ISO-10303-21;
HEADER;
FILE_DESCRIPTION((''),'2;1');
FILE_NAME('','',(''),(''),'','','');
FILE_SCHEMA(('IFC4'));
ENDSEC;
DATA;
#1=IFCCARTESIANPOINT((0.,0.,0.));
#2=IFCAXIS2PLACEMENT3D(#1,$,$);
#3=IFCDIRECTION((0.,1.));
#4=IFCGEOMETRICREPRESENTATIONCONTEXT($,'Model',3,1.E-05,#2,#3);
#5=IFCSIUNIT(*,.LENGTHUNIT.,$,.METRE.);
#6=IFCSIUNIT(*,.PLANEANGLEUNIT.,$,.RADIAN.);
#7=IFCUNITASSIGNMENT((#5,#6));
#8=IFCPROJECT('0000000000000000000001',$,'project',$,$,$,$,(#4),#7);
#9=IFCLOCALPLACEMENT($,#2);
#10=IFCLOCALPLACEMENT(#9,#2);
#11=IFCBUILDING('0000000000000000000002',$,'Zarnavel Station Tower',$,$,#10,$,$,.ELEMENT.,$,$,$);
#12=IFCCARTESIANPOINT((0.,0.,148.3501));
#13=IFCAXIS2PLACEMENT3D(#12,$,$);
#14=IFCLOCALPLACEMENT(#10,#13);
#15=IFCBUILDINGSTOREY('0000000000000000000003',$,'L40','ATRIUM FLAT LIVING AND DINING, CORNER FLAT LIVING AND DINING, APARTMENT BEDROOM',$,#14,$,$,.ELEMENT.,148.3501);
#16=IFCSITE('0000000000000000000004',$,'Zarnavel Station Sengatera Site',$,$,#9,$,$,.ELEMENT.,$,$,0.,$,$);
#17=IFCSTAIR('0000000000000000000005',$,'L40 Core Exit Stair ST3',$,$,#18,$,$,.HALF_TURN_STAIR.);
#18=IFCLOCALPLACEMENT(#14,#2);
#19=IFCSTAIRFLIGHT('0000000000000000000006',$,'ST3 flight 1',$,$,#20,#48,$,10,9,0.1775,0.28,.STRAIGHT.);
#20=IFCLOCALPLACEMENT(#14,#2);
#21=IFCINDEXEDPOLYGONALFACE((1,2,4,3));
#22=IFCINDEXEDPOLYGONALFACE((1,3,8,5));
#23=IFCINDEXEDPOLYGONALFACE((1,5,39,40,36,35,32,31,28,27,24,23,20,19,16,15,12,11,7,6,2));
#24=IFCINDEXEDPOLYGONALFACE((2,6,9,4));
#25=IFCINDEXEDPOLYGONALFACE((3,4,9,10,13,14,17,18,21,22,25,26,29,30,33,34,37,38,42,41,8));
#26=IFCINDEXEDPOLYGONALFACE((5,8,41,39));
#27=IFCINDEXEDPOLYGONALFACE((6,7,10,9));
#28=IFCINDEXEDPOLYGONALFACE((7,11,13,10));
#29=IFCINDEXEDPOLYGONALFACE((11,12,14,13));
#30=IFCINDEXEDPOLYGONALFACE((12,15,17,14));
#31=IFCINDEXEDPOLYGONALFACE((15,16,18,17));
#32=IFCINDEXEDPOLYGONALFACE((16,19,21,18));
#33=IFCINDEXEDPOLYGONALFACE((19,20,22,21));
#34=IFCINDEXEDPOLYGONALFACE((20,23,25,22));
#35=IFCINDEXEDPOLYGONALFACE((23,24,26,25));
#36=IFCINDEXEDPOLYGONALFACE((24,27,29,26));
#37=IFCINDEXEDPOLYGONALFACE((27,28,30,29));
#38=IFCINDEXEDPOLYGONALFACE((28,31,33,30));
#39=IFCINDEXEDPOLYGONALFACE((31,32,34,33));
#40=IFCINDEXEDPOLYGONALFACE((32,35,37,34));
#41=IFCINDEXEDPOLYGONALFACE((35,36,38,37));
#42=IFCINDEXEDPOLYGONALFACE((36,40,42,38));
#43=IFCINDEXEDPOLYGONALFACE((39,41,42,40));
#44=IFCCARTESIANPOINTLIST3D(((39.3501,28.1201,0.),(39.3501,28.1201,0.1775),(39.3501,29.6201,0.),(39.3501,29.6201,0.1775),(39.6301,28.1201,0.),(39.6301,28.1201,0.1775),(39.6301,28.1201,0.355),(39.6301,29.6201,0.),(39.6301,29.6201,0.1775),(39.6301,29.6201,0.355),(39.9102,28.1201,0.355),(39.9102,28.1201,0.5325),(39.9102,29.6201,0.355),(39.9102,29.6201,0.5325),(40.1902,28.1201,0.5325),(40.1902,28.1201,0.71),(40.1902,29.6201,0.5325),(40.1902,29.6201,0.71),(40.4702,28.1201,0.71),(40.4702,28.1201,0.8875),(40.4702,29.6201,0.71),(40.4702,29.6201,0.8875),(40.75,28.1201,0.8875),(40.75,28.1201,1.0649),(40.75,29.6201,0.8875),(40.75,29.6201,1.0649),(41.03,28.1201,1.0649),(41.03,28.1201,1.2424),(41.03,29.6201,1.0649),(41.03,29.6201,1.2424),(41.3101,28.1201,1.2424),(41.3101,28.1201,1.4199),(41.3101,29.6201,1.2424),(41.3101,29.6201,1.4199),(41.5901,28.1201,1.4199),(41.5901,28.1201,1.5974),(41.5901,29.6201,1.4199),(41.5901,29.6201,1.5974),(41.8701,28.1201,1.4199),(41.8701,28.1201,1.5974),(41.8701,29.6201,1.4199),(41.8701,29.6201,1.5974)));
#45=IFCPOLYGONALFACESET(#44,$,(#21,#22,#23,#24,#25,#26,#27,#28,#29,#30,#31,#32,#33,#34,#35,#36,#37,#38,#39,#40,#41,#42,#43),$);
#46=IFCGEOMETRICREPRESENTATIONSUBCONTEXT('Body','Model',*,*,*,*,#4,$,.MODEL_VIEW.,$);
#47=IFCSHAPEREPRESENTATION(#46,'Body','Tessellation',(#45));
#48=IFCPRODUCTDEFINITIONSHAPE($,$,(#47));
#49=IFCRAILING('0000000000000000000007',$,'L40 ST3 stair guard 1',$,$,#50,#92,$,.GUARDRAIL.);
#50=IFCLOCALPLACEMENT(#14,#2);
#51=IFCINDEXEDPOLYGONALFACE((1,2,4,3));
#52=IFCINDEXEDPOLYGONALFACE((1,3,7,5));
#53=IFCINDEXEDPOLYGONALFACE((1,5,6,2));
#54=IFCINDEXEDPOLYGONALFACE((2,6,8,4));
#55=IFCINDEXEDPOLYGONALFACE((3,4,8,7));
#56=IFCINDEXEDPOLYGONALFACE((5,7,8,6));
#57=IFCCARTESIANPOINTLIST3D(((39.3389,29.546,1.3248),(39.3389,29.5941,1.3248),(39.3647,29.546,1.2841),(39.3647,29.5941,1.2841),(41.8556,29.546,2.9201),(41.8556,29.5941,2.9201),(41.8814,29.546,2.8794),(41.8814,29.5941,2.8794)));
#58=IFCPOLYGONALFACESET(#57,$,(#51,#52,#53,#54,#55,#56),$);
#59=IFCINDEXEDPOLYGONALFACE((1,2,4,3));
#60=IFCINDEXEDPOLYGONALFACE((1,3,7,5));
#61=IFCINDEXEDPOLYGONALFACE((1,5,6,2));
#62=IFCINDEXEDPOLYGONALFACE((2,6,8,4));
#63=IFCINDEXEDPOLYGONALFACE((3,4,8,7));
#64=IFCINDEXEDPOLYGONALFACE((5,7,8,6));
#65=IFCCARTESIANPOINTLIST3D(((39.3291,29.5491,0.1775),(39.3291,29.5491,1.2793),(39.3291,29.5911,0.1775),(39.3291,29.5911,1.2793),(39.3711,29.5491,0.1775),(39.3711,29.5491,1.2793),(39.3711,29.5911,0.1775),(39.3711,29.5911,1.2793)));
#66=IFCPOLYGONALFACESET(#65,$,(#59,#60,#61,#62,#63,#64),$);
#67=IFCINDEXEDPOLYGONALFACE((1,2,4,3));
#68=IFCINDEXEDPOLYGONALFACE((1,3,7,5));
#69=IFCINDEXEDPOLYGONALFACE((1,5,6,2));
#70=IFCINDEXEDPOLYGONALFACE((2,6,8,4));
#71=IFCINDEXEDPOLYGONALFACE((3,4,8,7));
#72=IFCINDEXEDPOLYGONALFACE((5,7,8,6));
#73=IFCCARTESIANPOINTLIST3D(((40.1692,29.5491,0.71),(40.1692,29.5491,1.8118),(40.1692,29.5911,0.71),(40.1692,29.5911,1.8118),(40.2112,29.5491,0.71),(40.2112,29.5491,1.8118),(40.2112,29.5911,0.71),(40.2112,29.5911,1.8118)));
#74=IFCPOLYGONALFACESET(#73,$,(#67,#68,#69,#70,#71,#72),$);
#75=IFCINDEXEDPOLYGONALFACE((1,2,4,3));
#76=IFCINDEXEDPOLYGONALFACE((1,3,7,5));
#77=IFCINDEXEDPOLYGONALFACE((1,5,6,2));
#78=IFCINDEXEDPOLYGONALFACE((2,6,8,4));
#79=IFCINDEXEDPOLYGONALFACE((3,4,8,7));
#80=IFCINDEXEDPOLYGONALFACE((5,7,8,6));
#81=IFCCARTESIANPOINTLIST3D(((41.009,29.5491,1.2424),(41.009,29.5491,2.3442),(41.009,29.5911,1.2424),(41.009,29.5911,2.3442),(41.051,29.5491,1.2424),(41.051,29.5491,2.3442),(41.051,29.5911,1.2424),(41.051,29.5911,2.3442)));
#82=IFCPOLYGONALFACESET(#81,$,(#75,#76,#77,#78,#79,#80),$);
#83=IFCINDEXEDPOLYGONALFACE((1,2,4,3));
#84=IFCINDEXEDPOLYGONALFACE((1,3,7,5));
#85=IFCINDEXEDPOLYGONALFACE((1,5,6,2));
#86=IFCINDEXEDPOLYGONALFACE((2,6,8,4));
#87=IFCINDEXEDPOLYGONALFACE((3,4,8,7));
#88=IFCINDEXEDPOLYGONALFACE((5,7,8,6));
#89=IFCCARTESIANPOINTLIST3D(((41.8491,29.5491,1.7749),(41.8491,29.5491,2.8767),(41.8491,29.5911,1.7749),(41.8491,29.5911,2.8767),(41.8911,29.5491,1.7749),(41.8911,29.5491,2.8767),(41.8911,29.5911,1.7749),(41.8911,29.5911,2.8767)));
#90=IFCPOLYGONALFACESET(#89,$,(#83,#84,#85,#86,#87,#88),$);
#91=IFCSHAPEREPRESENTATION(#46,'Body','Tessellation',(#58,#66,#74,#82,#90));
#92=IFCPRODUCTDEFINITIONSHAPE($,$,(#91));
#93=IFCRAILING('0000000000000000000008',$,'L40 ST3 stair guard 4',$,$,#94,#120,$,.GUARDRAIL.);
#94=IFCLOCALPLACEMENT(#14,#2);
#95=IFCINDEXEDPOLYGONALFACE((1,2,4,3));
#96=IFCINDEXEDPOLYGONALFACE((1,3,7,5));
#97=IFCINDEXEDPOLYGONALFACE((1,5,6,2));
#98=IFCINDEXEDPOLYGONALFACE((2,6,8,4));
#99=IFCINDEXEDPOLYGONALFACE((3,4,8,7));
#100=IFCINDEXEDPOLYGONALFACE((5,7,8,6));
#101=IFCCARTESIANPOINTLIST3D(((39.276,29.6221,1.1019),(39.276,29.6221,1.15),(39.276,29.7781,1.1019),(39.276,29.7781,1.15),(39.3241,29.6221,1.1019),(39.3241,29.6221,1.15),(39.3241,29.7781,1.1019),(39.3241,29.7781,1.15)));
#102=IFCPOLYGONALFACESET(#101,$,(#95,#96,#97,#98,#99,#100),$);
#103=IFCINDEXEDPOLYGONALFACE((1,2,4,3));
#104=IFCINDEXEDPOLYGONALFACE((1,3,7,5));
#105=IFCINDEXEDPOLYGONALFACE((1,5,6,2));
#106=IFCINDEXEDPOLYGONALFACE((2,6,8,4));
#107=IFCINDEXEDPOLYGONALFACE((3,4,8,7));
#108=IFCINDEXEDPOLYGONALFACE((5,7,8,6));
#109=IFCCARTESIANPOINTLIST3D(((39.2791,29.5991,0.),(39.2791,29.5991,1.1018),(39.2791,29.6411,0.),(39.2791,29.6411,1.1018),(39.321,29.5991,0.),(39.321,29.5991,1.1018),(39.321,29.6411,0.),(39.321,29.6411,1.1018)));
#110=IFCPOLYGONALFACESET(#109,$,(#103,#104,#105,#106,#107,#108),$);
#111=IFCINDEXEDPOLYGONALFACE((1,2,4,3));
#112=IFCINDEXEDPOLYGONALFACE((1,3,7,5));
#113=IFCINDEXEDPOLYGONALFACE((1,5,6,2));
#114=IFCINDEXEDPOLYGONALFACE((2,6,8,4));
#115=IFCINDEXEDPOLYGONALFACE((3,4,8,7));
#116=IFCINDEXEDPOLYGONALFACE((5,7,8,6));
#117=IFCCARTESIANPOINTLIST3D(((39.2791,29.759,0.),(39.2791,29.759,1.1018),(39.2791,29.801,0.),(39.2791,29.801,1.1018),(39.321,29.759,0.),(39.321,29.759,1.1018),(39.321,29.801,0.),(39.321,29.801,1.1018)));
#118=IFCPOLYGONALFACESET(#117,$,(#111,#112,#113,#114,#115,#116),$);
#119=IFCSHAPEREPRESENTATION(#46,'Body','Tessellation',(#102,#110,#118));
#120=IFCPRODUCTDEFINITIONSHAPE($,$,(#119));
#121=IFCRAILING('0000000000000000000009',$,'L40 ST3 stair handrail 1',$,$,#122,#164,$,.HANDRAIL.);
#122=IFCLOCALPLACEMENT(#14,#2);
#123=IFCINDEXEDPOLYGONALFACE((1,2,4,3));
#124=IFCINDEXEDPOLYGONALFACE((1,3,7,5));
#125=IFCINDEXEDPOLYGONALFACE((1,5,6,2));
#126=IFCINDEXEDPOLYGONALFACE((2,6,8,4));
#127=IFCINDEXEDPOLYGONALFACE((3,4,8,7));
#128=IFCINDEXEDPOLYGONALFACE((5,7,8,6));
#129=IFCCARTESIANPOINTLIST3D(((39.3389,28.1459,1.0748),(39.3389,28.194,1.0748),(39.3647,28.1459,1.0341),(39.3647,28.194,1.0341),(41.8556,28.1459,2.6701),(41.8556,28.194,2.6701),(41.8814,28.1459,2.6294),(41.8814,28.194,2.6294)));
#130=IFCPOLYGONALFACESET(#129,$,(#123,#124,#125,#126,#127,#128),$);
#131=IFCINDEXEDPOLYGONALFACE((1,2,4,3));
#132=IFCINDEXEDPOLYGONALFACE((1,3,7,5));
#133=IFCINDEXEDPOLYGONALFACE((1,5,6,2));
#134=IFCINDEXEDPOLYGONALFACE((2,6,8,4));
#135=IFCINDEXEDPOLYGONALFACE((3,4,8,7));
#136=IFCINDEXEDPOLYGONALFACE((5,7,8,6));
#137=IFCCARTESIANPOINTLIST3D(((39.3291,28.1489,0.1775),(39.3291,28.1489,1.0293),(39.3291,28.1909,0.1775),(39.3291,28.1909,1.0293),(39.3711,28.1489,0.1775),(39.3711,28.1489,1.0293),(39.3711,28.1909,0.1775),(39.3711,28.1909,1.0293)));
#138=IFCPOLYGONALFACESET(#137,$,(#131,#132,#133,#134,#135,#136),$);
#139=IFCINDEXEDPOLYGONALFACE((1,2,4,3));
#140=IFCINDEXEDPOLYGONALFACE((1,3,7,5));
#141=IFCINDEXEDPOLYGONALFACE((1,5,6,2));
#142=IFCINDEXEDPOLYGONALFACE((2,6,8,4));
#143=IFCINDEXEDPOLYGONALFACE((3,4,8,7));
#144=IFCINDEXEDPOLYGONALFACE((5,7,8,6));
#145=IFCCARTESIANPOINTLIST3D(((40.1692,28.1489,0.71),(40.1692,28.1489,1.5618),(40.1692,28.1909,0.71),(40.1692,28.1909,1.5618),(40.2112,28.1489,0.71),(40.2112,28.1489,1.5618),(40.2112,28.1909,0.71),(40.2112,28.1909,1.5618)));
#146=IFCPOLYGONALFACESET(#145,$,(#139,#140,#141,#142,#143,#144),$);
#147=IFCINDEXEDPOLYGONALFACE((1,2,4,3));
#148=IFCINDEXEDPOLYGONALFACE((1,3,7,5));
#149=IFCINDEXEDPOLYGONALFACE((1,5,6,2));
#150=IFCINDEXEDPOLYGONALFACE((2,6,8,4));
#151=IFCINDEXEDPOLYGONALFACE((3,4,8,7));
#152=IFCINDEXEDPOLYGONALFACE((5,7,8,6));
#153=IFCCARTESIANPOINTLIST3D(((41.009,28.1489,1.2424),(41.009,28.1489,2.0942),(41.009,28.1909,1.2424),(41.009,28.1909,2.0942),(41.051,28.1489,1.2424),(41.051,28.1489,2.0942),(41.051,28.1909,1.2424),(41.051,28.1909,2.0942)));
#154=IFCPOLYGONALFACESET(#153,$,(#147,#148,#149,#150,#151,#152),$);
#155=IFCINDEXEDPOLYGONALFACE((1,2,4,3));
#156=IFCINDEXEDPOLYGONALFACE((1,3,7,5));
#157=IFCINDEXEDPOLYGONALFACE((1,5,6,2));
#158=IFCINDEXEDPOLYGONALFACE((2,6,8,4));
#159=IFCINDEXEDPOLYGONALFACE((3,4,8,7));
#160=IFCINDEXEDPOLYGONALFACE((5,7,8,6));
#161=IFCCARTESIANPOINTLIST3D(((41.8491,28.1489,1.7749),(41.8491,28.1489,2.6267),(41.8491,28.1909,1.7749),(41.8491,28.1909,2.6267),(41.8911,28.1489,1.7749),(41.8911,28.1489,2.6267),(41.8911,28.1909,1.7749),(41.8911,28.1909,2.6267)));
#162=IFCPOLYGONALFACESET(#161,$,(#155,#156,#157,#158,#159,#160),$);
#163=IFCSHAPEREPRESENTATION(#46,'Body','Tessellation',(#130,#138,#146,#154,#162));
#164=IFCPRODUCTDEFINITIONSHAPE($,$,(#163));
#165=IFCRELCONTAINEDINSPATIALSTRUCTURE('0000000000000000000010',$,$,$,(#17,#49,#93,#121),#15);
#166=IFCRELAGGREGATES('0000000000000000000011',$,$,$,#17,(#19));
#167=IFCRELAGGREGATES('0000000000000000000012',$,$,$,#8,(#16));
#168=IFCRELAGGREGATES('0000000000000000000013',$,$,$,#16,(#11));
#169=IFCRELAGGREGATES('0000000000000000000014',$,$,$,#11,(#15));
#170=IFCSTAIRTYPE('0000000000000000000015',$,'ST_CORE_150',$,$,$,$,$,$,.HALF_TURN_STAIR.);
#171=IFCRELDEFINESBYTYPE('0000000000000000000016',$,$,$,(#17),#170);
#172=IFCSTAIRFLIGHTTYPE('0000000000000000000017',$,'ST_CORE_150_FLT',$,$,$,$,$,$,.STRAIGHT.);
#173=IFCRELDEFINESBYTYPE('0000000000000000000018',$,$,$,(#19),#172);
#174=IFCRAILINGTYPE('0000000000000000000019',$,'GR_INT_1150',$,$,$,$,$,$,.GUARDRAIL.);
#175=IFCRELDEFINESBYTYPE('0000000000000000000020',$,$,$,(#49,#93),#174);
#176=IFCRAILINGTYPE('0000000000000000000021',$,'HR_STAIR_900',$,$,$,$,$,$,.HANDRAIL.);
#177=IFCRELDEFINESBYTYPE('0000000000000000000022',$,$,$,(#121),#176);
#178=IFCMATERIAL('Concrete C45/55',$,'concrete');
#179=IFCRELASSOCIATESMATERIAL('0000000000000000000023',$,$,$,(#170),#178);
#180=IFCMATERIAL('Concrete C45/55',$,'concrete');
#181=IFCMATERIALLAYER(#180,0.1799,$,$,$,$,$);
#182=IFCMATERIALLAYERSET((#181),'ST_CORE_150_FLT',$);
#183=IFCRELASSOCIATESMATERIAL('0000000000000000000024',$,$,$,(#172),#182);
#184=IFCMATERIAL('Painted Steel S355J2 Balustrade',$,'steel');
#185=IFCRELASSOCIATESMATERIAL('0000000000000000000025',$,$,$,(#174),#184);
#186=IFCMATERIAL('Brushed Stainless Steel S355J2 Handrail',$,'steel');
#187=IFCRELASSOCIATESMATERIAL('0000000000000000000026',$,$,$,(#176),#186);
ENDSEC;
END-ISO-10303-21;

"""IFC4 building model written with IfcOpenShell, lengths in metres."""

from ifc_helpers import new_model, si_unit, direction, frame, origin, origin_2d, place, context, subcontext, project, spatial, polyline, rectangle, outline, extrude, material, layer, layer_set, type_object, element, aggregate, save


model = new_model("IFC4")

# Units and contexts
model_context = context("Model", 3, precision=1e-05, world=origin(), true_north=direction((0.0, 1.0)))
body_context = subcontext(model_context, "Body", "Model", "MODEL_VIEW")
ifc_project = project(units=[si_unit("LENGTHUNIT", "METRE"), si_unit("PLANEANGLEUNIT", "RADIAN")], contexts=[model_context])

# Site, building, storey
site_placement = place(None, origin())
site = spatial("IfcSite", under=ifc_project, at=site_placement, Name="Zarnavel Station Sengatera Site", CompositionType="ELEMENT", RefElevation=0.0)
building_placement = place(site_placement, origin())
building = spatial("IfcBuilding", under=site, at=building_placement, Name="Zarnavel Station Tower", CompositionType="ELEMENT")
storey_placement = place(building_placement, frame((0.0, 0.0, 148.3501)))
storey = spatial("IfcBuildingStorey", under=building, at=storey_placement, Name="L40", Description="ATRIUM FLAT LIVING AND DINING, CORNER FLAT LIVING AND DINING, APARTMENT BEDROOM", CompositionType="ELEMENT", Elevation=148.3501)

# Stair, stair flight
ifc_material_1 = material(Name="Concrete C45/55", Category="concrete")
stair_type = type_object("IfcStairType", Name="ST_CORE_150", PredefinedType="HALF_TURN_STAIR", material=ifc_material_1)
stair_placement = place(storey_placement, origin())
stair = element("IfcStair", 1, at=stair_placement, inside=storey, type_object=stair_type, Name="L40 Core Exit Stair ST3", PredefinedType="HALF_TURN_STAIR")
ifc_material_2 = material(Name="Concrete C45/55", Category="concrete")
ifc_layer_1 = layer(ifc_material_2, 0.1799)
ifc_layer_set_1 = layer_set([ifc_layer_1], Name="ST_CORE_150_FLT")
stair_flight_type = type_object("IfcStairFlightType", Name="ST_CORE_150_FLT", PredefinedType="STRAIGHT", material=ifc_layer_set_1)
stair_flight_placement = place(storey_placement, frame((39.3501, 28.8701, 0.0), z_axis=(0.0, 0.0, 1.0), x_axis=(1.0, 0.0, 0.0)))
stair_flight = element("IfcStairFlight", 2, at=stair_flight_placement, type_object=stair_flight_type, Name="ST3 flight 1", NumberOfRisers=10, NumberOfTreads=9, PredefinedType="STRAIGHT", RiserHeight=0.1775, TreadLength=0.28, context=body_context, shape_type="SweptSolid", body=[
    extrude(outline(polyline([(0.0, 0.0), (0.0, 0.1775), (0.28, 0.1775), (0.28, 0.355), (0.5601, 0.355), (0.5601, 0.5325), (0.8401, 0.5325), (0.8401, 0.71), (1.1201, 0.71), (1.1201, 0.8875), (1.3999, 0.8875), (1.3999, 1.0649), (1.6799, 1.0649), (1.6799, 1.2424), (1.96, 1.2424), (1.96, 1.4199), (2.24, 1.4199), (2.24, 1.5974), (2.52, 1.5974), (2.52, 1.7749), (2.52, 1.4199), (0.28, 0.0), (0.0, 0.0)])), frame((0.0, 0.75, 0.0), z_axis=(0.0, -1.0, 0.0), x_axis=(1.0, 0.0, 0.0)), (0.0, 0.0, 1.0), 1.5),
])
aggregate(stair, [stair_flight])

# Railings
ifc_material_3 = material(Name="Painted Steel S355J2 Balustrade", Category="steel")
railing_type_1 = type_object("IfcRailingType", Name="GR_INT_1150", PredefinedType="GUARDRAIL", material=ifc_material_3)
railing_1_placement = place(storey_placement, frame((39.3501, 29.5701, 0.1775)))
element("IfcRailing", 3, at=railing_1_placement, inside=storey, type_object=railing_type_1, Name="L40 ST3 stair guard 1", PredefinedType="GUARDRAIL", context=body_context, shape_type="SweptSolid", body=[
    extrude(rectangle(XDim=0.0481, YDim=0.0481, at=origin_2d()), frame((0.0017, 0.0, 1.127), z_axis=(0.844607, 0.0, 0.535387), x_axis=(0.0, 1.0, 0.0)), (0.0, 0.0, 1.0), 2.9797),
    extrude(rectangle(XDim=0.042, YDim=0.042, at=origin_2d()), origin(), (0.0, 0.0, 1.0), 1.1018),
    extrude(rectangle(XDim=0.042, YDim=0.042, at=origin_2d()), frame((0.8401, 0.0, 0.5325)), (0.0, 0.0, 1.0), 1.1018),
    extrude(rectangle(XDim=0.042, YDim=0.042, at=origin_2d()), frame((1.6799, 0.0, 1.0649)), (0.0, 0.0, 1.0), 1.1018),
    extrude(rectangle(XDim=0.042, YDim=0.042, at=origin_2d()), frame((2.52, 0.0, 1.5974)), (0.0, 0.0, 1.0), 1.1018),
])
railing_2_placement = place(storey_placement, frame((39.3, 29.6201, 0.0)))
element("IfcRailing", 4, at=railing_2_placement, inside=storey, type_object=railing_type_1, Name="L40 ST3 stair guard 4", PredefinedType="GUARDRAIL", context=body_context, shape_type="SweptSolid", body=[
    extrude(rectangle(XDim=0.0481, YDim=0.0481, at=origin_2d()), frame((0.0, 0.002, 1.126), z_axis=(0.0, 1.0, 0.0), x_axis=(-1.0, 0.0, 0.0)), (0.0, 0.0, 1.0), 0.156),
    extrude(rectangle(XDim=0.042, YDim=0.042, at=origin_2d()), origin(), (0.0, 0.0, 1.0), 1.1018),
    extrude(rectangle(XDim=0.042, YDim=0.042, at=origin_2d()), frame((0.0, 0.1599, 0.0)), (0.0, 0.0, 1.0), 1.1018),
])
ifc_material_4 = material(Name="Brushed Stainless Steel S355J2 Handrail", Category="steel")
railing_type_2 = type_object("IfcRailingType", Name="HR_STAIR_900", PredefinedType="HANDRAIL", material=ifc_material_4)
railing_3_placement = place(storey_placement, frame((39.3501, 28.1699, 0.1775)))
element("IfcRailing", 5, at=railing_3_placement, inside=storey, type_object=railing_type_2, Name="L40 ST3 stair handrail 1", PredefinedType="HANDRAIL", context=body_context, shape_type="SweptSolid", body=[
    extrude(rectangle(XDim=0.0481, YDim=0.0481, at=origin_2d()), frame((0.0017, 0.0, 0.877), z_axis=(0.844607, 0.0, 0.535387), x_axis=(0.0, 1.0, 0.0)), (0.0, 0.0, 1.0), 2.9797),
    extrude(rectangle(XDim=0.042, YDim=0.042, at=origin_2d()), origin(), (0.0, 0.0, 1.0), 0.8518),
    extrude(rectangle(XDim=0.042, YDim=0.042, at=origin_2d()), frame((0.8401, 0.0, 0.5325)), (0.0, 0.0, 1.0), 0.8518),
    extrude(rectangle(XDim=0.042, YDim=0.042, at=origin_2d()), frame((1.6799, 0.0, 1.0649)), (0.0, 0.0, 1.0), 0.8518),
    extrude(rectangle(XDim=0.042, YDim=0.042, at=origin_2d()), frame((2.52, 0.0, 1.5974)), (0.0, 0.0, 1.0), 0.8518),
])

save(model, "model.ifc")
